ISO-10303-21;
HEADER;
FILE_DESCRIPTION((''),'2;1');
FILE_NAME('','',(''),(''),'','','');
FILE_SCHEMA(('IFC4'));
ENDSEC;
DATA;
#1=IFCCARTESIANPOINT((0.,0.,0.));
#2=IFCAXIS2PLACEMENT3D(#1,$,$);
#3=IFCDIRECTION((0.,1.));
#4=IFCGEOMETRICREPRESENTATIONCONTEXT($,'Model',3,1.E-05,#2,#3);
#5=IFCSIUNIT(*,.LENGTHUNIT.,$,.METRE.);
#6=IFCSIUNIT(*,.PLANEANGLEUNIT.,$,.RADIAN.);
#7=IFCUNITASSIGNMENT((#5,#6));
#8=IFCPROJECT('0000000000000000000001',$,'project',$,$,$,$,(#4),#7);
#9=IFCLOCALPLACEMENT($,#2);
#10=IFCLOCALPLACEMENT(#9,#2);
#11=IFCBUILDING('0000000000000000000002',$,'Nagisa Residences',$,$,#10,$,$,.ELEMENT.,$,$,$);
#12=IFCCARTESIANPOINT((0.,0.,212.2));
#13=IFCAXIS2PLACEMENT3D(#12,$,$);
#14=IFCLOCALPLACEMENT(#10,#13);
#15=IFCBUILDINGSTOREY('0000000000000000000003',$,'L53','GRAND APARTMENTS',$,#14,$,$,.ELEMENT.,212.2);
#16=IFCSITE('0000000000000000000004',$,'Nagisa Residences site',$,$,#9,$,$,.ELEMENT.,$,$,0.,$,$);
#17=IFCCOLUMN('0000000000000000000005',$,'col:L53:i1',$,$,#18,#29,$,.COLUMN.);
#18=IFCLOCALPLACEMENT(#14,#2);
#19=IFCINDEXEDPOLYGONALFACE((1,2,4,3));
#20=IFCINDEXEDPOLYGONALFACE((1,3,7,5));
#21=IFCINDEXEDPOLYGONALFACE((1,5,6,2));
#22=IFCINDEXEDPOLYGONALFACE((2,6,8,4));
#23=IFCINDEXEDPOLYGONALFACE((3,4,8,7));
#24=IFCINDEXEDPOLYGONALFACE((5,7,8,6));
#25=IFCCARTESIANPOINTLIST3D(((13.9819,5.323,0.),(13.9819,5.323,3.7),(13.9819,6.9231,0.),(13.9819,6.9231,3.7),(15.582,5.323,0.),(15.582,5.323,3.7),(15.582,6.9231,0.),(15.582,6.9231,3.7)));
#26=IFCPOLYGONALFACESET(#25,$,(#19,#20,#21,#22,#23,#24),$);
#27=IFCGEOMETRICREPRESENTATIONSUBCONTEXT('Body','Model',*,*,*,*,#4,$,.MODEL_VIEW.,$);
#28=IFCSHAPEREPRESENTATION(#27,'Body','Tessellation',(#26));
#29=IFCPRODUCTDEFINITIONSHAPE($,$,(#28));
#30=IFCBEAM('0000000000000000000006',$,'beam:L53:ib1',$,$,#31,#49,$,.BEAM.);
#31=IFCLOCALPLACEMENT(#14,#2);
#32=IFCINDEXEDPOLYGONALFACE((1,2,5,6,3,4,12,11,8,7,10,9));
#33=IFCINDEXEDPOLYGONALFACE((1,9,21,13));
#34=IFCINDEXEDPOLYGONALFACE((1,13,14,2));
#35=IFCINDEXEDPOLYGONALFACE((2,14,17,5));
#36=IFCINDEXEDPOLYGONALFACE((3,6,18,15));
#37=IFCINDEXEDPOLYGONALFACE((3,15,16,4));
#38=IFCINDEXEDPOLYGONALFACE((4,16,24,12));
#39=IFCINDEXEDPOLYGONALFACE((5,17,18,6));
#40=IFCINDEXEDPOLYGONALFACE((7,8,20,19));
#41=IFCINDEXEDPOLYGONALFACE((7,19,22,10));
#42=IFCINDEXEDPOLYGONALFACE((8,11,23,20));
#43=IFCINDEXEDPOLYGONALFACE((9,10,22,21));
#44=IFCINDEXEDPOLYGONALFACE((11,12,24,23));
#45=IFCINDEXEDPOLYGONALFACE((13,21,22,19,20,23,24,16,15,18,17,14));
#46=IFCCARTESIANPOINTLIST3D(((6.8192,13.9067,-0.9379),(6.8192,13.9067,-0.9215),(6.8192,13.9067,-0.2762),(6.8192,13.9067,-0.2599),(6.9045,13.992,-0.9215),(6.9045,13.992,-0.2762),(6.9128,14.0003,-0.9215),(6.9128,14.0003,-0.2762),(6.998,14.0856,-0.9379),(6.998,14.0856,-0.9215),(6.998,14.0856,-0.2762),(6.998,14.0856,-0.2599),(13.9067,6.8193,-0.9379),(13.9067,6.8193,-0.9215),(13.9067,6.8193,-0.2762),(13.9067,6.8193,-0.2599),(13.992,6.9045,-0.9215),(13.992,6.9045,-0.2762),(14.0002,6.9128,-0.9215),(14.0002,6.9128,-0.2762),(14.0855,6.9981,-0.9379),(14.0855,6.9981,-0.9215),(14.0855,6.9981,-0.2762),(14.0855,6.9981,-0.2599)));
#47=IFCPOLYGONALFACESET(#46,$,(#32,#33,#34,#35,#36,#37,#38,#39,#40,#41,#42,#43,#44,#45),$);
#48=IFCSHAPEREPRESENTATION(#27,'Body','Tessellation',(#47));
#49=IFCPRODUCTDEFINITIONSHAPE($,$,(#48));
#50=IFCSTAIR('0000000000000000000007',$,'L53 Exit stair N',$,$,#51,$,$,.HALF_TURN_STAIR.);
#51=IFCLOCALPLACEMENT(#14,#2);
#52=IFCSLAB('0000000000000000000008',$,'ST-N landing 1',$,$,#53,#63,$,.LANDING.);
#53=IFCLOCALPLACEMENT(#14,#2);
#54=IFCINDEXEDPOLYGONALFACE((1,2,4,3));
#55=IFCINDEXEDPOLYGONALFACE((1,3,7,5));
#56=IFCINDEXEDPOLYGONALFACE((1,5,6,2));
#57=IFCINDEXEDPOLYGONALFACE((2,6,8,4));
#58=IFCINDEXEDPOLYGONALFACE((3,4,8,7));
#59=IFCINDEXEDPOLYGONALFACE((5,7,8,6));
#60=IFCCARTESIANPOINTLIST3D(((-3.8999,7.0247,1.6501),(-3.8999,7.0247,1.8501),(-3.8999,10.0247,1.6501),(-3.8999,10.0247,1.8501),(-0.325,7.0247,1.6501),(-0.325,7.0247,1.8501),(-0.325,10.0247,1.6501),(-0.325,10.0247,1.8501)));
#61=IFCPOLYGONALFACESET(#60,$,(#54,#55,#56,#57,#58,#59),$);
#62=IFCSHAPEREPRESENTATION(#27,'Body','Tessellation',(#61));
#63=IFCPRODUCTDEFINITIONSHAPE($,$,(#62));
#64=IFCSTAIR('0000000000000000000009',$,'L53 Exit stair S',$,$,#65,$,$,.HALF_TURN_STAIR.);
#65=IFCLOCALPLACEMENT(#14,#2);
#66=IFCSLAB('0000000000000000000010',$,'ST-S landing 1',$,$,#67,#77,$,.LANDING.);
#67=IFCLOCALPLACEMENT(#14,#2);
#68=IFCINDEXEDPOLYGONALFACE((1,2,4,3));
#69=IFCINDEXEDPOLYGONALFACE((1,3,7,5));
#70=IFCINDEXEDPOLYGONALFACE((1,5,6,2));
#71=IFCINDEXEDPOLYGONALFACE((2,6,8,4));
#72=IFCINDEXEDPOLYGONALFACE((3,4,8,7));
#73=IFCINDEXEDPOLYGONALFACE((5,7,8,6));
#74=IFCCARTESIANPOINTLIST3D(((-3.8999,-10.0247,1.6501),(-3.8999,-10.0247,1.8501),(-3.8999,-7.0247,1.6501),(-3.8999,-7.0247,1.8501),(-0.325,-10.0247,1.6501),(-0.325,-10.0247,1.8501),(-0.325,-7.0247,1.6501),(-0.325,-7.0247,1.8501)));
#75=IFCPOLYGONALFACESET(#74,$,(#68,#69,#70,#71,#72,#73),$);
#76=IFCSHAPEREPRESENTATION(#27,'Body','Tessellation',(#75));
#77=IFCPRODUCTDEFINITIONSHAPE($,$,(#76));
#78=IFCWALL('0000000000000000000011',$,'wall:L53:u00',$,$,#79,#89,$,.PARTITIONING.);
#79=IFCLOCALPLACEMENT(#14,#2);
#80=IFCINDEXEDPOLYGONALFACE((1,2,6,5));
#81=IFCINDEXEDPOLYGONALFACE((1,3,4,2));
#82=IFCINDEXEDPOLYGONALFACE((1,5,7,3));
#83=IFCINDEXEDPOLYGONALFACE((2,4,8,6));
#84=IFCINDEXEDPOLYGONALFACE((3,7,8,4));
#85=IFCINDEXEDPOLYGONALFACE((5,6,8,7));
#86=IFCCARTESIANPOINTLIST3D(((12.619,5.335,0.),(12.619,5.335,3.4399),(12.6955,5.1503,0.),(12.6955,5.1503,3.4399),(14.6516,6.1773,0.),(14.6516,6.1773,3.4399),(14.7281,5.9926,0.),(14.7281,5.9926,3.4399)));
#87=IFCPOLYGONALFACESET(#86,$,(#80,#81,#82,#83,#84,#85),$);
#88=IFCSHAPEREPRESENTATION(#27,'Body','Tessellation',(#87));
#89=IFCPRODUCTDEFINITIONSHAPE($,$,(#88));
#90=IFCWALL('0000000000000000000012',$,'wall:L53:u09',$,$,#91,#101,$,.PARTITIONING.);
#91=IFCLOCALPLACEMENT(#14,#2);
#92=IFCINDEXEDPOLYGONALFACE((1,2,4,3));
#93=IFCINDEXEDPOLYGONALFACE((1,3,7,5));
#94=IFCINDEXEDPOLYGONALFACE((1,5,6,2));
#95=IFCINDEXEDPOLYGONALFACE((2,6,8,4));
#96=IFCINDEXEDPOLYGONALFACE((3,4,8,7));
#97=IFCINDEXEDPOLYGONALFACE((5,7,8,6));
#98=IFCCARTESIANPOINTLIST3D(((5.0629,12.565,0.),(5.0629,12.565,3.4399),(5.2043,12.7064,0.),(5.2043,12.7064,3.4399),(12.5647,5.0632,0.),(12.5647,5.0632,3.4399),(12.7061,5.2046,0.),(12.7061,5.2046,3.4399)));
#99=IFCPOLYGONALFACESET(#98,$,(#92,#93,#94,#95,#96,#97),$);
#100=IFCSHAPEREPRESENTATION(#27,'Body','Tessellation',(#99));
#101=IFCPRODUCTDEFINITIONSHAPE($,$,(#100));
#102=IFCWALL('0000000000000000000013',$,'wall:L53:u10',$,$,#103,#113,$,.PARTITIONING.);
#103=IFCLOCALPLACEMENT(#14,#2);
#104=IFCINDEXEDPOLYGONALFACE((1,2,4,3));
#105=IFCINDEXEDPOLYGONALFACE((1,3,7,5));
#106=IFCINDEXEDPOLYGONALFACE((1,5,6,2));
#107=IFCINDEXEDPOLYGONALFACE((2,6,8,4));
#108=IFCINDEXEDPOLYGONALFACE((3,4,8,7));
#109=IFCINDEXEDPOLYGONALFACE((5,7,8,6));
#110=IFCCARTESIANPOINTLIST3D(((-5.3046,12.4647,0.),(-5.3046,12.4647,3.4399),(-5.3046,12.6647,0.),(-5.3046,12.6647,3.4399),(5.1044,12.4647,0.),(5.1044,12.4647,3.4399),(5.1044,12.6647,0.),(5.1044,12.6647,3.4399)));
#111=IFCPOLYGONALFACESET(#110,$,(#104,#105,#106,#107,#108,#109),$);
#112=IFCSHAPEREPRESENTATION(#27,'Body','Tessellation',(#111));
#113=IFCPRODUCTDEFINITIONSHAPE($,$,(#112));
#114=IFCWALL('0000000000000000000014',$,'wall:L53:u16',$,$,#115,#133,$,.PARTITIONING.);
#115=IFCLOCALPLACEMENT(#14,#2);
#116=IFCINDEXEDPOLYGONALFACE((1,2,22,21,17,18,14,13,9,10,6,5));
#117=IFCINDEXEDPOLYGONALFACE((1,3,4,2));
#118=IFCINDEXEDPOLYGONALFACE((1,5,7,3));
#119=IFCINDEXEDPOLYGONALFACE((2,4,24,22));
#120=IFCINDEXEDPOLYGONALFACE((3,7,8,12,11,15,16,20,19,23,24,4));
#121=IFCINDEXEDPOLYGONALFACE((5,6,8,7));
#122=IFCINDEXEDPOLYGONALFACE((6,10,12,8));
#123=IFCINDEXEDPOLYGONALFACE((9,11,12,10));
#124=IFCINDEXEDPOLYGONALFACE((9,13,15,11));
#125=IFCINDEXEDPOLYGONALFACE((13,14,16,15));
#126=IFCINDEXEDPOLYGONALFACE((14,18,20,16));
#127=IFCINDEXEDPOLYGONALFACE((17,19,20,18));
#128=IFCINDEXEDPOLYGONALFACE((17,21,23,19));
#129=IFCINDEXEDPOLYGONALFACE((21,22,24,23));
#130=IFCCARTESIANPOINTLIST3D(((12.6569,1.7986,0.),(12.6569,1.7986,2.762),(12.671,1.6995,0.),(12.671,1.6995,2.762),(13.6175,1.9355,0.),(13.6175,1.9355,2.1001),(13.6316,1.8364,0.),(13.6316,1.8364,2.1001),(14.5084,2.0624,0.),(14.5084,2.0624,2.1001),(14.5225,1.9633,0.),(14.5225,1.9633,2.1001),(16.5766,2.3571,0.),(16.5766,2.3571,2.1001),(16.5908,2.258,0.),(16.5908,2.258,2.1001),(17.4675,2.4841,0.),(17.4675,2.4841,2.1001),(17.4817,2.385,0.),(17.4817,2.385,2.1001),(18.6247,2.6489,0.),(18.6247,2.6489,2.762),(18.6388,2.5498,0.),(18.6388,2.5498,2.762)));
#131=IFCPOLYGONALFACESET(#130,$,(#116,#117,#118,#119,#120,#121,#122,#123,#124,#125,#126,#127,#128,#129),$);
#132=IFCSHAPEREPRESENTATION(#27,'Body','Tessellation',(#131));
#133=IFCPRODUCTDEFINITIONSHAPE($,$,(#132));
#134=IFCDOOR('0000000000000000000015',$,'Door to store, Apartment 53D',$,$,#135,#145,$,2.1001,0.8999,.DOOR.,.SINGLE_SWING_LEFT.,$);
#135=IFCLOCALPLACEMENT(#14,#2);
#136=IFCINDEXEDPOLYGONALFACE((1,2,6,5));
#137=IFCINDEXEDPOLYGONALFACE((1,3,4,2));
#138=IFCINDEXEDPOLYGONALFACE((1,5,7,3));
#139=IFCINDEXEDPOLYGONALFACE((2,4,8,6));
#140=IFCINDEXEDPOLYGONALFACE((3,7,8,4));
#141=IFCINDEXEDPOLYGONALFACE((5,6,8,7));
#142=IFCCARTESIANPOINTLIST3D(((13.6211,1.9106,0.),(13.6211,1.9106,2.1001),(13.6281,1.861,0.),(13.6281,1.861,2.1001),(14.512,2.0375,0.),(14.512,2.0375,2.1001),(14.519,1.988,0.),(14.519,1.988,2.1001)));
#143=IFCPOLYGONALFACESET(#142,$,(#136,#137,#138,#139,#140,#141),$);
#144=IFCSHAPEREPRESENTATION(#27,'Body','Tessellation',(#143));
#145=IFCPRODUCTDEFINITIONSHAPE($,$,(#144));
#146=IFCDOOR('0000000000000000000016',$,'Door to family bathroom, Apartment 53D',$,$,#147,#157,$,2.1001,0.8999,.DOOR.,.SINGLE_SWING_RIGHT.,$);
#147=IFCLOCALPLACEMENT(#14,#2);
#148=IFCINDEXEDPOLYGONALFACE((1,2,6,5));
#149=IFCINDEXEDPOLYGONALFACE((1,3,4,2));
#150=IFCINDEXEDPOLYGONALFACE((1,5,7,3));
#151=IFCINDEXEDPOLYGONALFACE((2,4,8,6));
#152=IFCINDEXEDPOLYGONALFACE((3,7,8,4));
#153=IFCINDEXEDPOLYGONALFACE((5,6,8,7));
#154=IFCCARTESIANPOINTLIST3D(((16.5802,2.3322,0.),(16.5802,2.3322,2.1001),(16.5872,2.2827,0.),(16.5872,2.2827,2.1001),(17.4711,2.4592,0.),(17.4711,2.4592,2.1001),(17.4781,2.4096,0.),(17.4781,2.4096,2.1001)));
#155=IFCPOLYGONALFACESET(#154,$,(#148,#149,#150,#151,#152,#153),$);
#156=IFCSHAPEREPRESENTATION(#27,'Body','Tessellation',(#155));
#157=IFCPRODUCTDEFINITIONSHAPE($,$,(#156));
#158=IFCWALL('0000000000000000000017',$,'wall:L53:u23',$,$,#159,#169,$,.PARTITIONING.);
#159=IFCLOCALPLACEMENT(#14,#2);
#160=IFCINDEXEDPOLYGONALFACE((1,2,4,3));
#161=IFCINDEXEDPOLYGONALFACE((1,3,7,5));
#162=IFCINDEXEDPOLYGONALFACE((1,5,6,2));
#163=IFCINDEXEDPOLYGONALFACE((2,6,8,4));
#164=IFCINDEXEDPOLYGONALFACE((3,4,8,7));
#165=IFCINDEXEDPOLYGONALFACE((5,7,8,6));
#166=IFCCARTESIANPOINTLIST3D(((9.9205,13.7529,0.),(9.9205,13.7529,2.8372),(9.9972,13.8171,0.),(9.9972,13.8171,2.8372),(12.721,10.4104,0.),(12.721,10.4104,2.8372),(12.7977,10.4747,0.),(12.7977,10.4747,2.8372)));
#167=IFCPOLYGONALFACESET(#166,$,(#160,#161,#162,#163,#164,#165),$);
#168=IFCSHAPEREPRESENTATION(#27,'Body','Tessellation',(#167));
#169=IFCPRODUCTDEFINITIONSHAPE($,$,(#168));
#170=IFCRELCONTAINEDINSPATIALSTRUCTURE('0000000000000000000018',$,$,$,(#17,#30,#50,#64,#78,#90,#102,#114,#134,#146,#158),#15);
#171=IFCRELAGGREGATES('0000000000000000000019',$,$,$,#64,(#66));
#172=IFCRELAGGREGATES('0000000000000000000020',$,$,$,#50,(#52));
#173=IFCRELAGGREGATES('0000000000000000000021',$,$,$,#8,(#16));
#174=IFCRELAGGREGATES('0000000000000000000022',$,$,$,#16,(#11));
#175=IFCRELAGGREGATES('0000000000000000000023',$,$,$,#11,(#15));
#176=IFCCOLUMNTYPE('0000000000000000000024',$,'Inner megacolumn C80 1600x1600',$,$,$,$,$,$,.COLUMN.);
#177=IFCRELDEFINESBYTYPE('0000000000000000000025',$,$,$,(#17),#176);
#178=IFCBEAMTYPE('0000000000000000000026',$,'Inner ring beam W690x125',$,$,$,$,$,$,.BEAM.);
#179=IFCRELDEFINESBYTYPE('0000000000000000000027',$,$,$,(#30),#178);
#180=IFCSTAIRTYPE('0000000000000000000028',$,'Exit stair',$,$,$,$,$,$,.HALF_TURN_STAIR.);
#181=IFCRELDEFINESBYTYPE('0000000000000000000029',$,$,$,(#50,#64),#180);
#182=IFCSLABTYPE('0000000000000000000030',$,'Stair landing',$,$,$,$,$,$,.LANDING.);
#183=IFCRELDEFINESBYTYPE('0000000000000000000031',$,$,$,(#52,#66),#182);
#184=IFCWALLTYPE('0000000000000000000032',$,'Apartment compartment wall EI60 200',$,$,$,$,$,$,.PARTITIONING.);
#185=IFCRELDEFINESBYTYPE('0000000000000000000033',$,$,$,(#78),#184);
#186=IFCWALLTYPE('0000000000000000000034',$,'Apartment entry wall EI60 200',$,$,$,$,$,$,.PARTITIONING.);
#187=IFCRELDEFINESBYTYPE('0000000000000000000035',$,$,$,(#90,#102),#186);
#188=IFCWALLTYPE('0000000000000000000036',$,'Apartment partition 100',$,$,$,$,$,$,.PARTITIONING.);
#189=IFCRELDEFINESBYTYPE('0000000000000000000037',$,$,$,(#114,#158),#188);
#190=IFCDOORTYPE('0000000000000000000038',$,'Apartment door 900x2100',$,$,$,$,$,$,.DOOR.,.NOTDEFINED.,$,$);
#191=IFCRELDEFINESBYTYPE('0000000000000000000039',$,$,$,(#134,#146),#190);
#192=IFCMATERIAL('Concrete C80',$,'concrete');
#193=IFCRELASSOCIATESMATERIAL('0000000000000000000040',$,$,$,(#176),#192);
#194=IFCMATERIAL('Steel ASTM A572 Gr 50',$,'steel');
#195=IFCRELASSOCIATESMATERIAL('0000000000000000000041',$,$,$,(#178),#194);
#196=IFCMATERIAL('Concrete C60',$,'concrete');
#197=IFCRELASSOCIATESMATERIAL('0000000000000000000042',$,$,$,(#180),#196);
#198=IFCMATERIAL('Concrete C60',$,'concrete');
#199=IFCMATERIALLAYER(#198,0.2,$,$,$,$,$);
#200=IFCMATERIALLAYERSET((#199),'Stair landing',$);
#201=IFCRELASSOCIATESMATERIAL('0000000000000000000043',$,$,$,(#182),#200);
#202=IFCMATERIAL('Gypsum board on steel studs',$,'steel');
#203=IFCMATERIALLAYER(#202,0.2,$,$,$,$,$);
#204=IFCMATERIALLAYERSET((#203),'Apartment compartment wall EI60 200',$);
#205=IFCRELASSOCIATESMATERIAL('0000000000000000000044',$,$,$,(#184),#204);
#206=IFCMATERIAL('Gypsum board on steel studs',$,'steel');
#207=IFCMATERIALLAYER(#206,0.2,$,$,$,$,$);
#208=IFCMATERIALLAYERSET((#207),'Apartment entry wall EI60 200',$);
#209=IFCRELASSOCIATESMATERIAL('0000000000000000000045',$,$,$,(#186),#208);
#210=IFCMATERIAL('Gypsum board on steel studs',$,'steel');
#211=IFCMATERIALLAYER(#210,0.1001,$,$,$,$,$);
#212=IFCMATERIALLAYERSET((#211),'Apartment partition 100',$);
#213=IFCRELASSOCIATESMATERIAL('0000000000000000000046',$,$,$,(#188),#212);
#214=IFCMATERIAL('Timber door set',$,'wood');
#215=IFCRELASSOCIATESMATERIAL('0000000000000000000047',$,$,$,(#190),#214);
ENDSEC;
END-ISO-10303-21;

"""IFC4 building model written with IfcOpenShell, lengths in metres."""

from ifc_helpers import new_model, si_unit, direction, frame, frame_2d, origin, origin_2d, place, context, subcontext, project, spatial, polyline, rectangle, i_section, outline, extrude, material, layer, layer_set, material_profile, profile_set, type_object, element, fill, aggregate, save


model = new_model("IFC4")

# Units and contexts
model_context = context("Model", 3, precision=1e-05, world=origin(), true_north=direction((0.0, 1.0)))
body_context = subcontext(model_context, "Body", "Model", "MODEL_VIEW")
ifc_project = project(units=[si_unit("LENGTHUNIT", "METRE"), si_unit("PLANEANGLEUNIT", "RADIAN")], contexts=[model_context])

# Site, building, storey
site_placement = place(None, origin())
site = spatial("IfcSite", under=ifc_project, at=site_placement, Name="Nagisa Residences site", CompositionType="ELEMENT", RefElevation=0.0)
building_placement = place(site_placement, origin())
building = spatial("IfcBuilding", under=site, at=building_placement, Name="Nagisa Residences", CompositionType="ELEMENT")
storey_placement = place(building_placement, frame((0.0, 0.0, 212.2)))
storey = spatial("IfcBuildingStorey", under=building, at=storey_placement, Name="L53", Description="GRAND APARTMENTS", CompositionType="ELEMENT", Elevation=212.2)

# Column
ifc_material_1 = material(Name="Concrete C80", Category="concrete")
ifc_material_profile_1 = material_profile(ifc_material_1, rectangle(XDim=1.6001, YDim=1.6001, at=origin_2d()), Name="C80 1600x1600")
ifc_profile_set_1 = profile_set([ifc_material_profile_1], Name="Concrete C80")
column_type = type_object("IfcColumnType", Name="Inner megacolumn C80 1600x1600", PredefinedType="COLUMN", material=ifc_profile_set_1)
column_placement = place(storey_placement, frame((14.782, 6.123, 0.0), z_axis=(0.0, 0.0, 1.0), x_axis=(1.0, 0.0, 0.0)))
element("IfcColumn", 1, at=column_placement, inside=storey, type_object=column_type, Name="col:L53:i1", PredefinedType="COLUMN", context=body_context, shape_type="SweptSolid", body=[
    extrude(rectangle(XDim=1.6001, YDim=1.6001, at=origin_2d()), origin(), (0.0, 0.0, 1.0), 3.7),
])

# Beam
ifc_material_2 = material(Name="Steel ASTM A572 Gr 50", Category="steel")
ifc_material_profile_2 = material_profile(ifc_material_2, i_section(OverallWidth=0.2529, OverallDepth=0.678, WebThickness=0.0117, FlangeThickness=0.0164, at=origin_2d()), Name="W690x125")
ifc_profile_set_2 = profile_set([ifc_material_profile_2], Name="Steel ASTM A572 Gr 50")
beam_type = type_object("IfcBeamType", Name="Inner ring beam W690x125", PredefinedType="BEAM", material=ifc_profile_set_2)
beam_placement = place(storey_placement, frame((13.9961, 6.9087, -0.5989), z_axis=(-0.707107, 0.707107, 0.0), x_axis=(-0.707107, -0.707107, 0.0)))
element("IfcBeam", 2, at=beam_placement, inside=storey, type_object=beam_type, Name="beam:L53:ib1", PredefinedType="BEAM", context=body_context, shape_type="SweptSolid", body=[
    extrude(i_section(OverallWidth=0.2529, OverallDepth=0.678, WebThickness=0.0117, FlangeThickness=0.0164, at=origin_2d()), origin(), (0.0, 0.0, 1.0), 10.0232),
])

# Stairs, slabs
ifc_material_3 = material(Name="Concrete C60", Category="concrete")
stair_type = type_object("IfcStairType", Name="Exit stair", PredefinedType="HALF_TURN_STAIR", material=ifc_material_3)
stair_1_placement = place(storey_placement, origin())
stair_1 = element("IfcStair", 3, at=stair_1_placement, inside=storey, type_object=stair_type, Name="L53 Exit stair N", PredefinedType="HALF_TURN_STAIR")
ifc_material_4 = material(Name="Concrete C60", Category="concrete")
ifc_layer_1 = layer(ifc_material_4, 0.2)
ifc_layer_set_1 = layer_set([ifc_layer_1], Name="Stair landing")
slab_type = type_object("IfcSlabType", Name="Stair landing", PredefinedType="LANDING", material=ifc_layer_set_1)
slab_1_placement = place(storey_placement, frame((0.0, 0.0, 1.6501)))
slab_1 = element("IfcSlab", 4, at=slab_1_placement, type_object=slab_type, Name="ST-N landing 1", PredefinedType="LANDING", context=body_context, shape_type="SweptSolid", body=[
    extrude(outline(polyline([(-0.325, 10.0247), (-3.8999, 10.0247), (-3.8999, 7.0247), (-0.325, 7.0247), (-0.325, 10.0247)])), origin(), (0.0, 0.0, 1.0), 0.2),
])
stair_2_placement = place(storey_placement, origin())
stair_2 = element("IfcStair", 5, at=stair_2_placement, inside=storey, type_object=stair_type, Name="L53 Exit stair S", PredefinedType="HALF_TURN_STAIR")
slab_2_placement = place(storey_placement, frame((0.0, 0.0, 1.6501)))
slab_2 = element("IfcSlab", 6, at=slab_2_placement, type_object=slab_type, Name="ST-S landing 1", PredefinedType="LANDING", context=body_context, shape_type="SweptSolid", body=[
    extrude(outline(polyline([(-0.325, -7.0247), (-3.8999, -7.0247), (-3.8999, -10.0247), (-0.325, -10.0247), (-0.325, -7.0247)])), origin(), (0.0, 0.0, 1.0), 0.2),
])
aggregate(stair_2, [slab_2])

# Walls
ifc_material_5 = material(Name="Gypsum board on steel studs", Category="steel")
ifc_layer_2 = layer(ifc_material_5, 0.2)
ifc_layer_set_2 = layer_set([ifc_layer_2], Name="Apartment compartment wall EI60 200")
wall_type_1 = type_object("IfcWallType", Name="Apartment compartment wall EI60 200", PredefinedType="PARTITIONING", material=ifc_layer_set_2)
wall_1_placement = place(storey_placement, frame((12.6572, 5.2427, 0.0), z_axis=(0.0, 0.0, 1.0), x_axis=(0.92383, 0.382803, 0.0)))
element("IfcWall", 7, at=wall_1_placement, inside=storey, type_object=wall_type_1, Name="wall:L53:u00", PredefinedType="PARTITIONING", context=body_context, shape_type="SweptSolid", body=[
    extrude(rectangle(XDim=2.2002, YDim=0.2, at=frame_2d((1.1001, 0.0))), origin(), (0.0, 0.0, 1.0), 3.4399),
])
ifc_material_6 = material(Name="Gypsum board on steel studs", Category="steel")
ifc_layer_3 = layer(ifc_material_6, 0.2)
ifc_layer_set_3 = layer_set([ifc_layer_3], Name="Apartment entry wall EI60 200")
wall_type_2 = type_object("IfcWallType", Name="Apartment entry wall EI60 200", PredefinedType="PARTITIONING", material=ifc_layer_set_3)
wall_2_placement = place(storey_placement, frame((12.6355, 5.1338, 0.0), z_axis=(0.0, 0.0, 1.0), x_axis=(-0.707107, 0.707107, 0.0)))
element("IfcWall", 8, at=wall_2_placement, inside=storey, type_object=wall_type_2, Name="wall:L53:u09", PredefinedType="PARTITIONING", context=body_context, shape_type="SweptSolid", body=[
    extrude(rectangle(XDim=10.6091, YDim=0.2, at=frame_2d((5.3047, 0.0))), origin(), (0.0, 0.0, 1.0), 3.4399),
])
wall_3_placement = place(storey_placement, frame((5.1045, 12.5647, 0.0), z_axis=(0.0, 0.0, 1.0), x_axis=(-1.0, 0.0, 0.0)))
element("IfcWall", 9, at=wall_3_placement, inside=storey, type_object=wall_type_2, Name="wall:L53:u10", PredefinedType="PARTITIONING", context=body_context, shape_type="SweptSolid", body=[
    extrude(rectangle(XDim=10.4089, YDim=0.2, at=frame_2d((5.2046, 0.0))), origin(), (0.0, 0.0, 1.0), 3.4399),
])

# Wall, openings, doors
ifc_material_7 = material(Name="Gypsum board on steel studs", Category="steel")
ifc_layer_4 = layer(ifc_material_7, 0.1001)
ifc_layer_set_4 = layer_set([ifc_layer_4], Name="Apartment partition 100")
wall_type_3 = type_object("IfcWallType", Name="Apartment partition 100", PredefinedType="PARTITIONING", material=ifc_layer_set_4)
wall_4_placement = place(storey_placement, frame((12.6638, 1.749, 0.0), z_axis=(0.0, 0.0, 1.0), x_axis=(0.99, 0.141064, 0.0)))
wall_4 = element("IfcWall", 10, at=wall_4_placement, inside=storey, type_object=wall_type_3, Name="wall:L53:u16", PredefinedType="PARTITIONING", context=body_context, shape_type="SweptSolid", body=[
    extrude(rectangle(XDim=6.0281, YDim=0.1001, at=frame_2d((3.0142, 0.0))), origin(), (0.0, 0.0, 1.0), 2.762),
])
opening_1_placement = place(wall_4_placement, frame((0.9705, 0.0, 0.0)))
opening_1 = element("IfcOpeningElement", 11, at=opening_1_placement, cuts=wall_4, PredefinedType="OPENING", context=body_context, shape_type="SweptSolid", body=[
    extrude(rectangle(XDim=0.8999, YDim=2.1001, at=frame_2d((0.45, 1.05))), frame((0.0, 0.0601, 0.0), z_axis=(0.0, -1.0, 0.0), x_axis=(1.0, 0.0, 0.0)), (0.0, 0.0, 1.0), 0.1201),
])
opening_2_placement = place(wall_4_placement, frame((3.9595, 0.0, 0.0)))
opening_2 = element("IfcOpeningElement", 12, at=opening_2_placement, cuts=wall_4, PredefinedType="OPENING", context=body_context, shape_type="SweptSolid", body=[
    extrude(rectangle(XDim=0.8999, YDim=2.1001, at=frame_2d((0.45, 1.05))), frame((0.0, 0.0601, 0.0), z_axis=(0.0, -1.0, 0.0), x_axis=(1.0, 0.0, 0.0)), (0.0, 0.0, 1.0), 0.1201),
])
ifc_material_8 = material(Name="Timber door set", Category="wood")
door_type_1 = type_object("IfcDoorType", Name="Apartment door 900x2100", OperationType="NOTDEFINED", PredefinedType="DOOR", material=ifc_material_8)
door_1_placement = place(opening_1_placement, origin())
door_1 = element("IfcDoor", 13, at=door_1_placement, inside=storey, type_object=door_type_1, Name="Door to store, Apartment 53D", OperationType="SINGLE_SWING_LEFT", OverallHeight=2.1001, OverallWidth=0.8999, PredefinedType="DOOR", context=body_context, shape_type="SweptSolid", body=[
    extrude(rectangle(XDim=0.8999, YDim=2.1001, at=frame_2d((0.45, 1.05))), frame((0.0, 0.0249, 0.0), z_axis=(0.0, -1.0, 0.0), x_axis=(1.0, 0.0, 0.0)), (0.0, 0.0, 1.0), 0.05),
])
fill(opening_1, door_1)
door_2_placement = place(opening_2_placement, origin())
door_2 = element("IfcDoor", 14, at=door_2_placement, inside=storey, type_object=door_type_1, Name="Door to family bathroom, Apartment 53D", OperationType="SINGLE_SWING_RIGHT", OverallHeight=2.1001, OverallWidth=0.8999, PredefinedType="DOOR", context=body_context, shape_type="SweptSolid", body=[
    extrude(rectangle(XDim=0.8999, YDim=2.1001, at=frame_2d((0.45, 1.05))), frame((0.0, 0.0249, 0.0), z_axis=(0.0, -1.0, 0.0), x_axis=(1.0, 0.0, 0.0)), (0.0, 0.0, 1.0), 0.05),
])
fill(opening_2, door_2)

# Wall
wall_5_placement = place(storey_placement, frame((12.7593, 10.4426, 0.0), z_axis=(0.0, 0.0, 1.0), x_axis=(-0.642225, 0.766516, 0.0)))
element("IfcWall", 15, at=wall_5_placement, inside=storey, type_object=wall_type_3, Name="wall:L53:u23", PredefinedType="PARTITIONING", context=body_context, shape_type="SweptSolid", body=[
    extrude(rectangle(XDim=4.3606, YDim=0.1001, at=frame_2d((2.1802, 0.0))), origin(), (0.0, 0.0, 1.0), 2.8372),
])

aggregate(stair_1, [slab_1])

save(model, "model.ifc")
